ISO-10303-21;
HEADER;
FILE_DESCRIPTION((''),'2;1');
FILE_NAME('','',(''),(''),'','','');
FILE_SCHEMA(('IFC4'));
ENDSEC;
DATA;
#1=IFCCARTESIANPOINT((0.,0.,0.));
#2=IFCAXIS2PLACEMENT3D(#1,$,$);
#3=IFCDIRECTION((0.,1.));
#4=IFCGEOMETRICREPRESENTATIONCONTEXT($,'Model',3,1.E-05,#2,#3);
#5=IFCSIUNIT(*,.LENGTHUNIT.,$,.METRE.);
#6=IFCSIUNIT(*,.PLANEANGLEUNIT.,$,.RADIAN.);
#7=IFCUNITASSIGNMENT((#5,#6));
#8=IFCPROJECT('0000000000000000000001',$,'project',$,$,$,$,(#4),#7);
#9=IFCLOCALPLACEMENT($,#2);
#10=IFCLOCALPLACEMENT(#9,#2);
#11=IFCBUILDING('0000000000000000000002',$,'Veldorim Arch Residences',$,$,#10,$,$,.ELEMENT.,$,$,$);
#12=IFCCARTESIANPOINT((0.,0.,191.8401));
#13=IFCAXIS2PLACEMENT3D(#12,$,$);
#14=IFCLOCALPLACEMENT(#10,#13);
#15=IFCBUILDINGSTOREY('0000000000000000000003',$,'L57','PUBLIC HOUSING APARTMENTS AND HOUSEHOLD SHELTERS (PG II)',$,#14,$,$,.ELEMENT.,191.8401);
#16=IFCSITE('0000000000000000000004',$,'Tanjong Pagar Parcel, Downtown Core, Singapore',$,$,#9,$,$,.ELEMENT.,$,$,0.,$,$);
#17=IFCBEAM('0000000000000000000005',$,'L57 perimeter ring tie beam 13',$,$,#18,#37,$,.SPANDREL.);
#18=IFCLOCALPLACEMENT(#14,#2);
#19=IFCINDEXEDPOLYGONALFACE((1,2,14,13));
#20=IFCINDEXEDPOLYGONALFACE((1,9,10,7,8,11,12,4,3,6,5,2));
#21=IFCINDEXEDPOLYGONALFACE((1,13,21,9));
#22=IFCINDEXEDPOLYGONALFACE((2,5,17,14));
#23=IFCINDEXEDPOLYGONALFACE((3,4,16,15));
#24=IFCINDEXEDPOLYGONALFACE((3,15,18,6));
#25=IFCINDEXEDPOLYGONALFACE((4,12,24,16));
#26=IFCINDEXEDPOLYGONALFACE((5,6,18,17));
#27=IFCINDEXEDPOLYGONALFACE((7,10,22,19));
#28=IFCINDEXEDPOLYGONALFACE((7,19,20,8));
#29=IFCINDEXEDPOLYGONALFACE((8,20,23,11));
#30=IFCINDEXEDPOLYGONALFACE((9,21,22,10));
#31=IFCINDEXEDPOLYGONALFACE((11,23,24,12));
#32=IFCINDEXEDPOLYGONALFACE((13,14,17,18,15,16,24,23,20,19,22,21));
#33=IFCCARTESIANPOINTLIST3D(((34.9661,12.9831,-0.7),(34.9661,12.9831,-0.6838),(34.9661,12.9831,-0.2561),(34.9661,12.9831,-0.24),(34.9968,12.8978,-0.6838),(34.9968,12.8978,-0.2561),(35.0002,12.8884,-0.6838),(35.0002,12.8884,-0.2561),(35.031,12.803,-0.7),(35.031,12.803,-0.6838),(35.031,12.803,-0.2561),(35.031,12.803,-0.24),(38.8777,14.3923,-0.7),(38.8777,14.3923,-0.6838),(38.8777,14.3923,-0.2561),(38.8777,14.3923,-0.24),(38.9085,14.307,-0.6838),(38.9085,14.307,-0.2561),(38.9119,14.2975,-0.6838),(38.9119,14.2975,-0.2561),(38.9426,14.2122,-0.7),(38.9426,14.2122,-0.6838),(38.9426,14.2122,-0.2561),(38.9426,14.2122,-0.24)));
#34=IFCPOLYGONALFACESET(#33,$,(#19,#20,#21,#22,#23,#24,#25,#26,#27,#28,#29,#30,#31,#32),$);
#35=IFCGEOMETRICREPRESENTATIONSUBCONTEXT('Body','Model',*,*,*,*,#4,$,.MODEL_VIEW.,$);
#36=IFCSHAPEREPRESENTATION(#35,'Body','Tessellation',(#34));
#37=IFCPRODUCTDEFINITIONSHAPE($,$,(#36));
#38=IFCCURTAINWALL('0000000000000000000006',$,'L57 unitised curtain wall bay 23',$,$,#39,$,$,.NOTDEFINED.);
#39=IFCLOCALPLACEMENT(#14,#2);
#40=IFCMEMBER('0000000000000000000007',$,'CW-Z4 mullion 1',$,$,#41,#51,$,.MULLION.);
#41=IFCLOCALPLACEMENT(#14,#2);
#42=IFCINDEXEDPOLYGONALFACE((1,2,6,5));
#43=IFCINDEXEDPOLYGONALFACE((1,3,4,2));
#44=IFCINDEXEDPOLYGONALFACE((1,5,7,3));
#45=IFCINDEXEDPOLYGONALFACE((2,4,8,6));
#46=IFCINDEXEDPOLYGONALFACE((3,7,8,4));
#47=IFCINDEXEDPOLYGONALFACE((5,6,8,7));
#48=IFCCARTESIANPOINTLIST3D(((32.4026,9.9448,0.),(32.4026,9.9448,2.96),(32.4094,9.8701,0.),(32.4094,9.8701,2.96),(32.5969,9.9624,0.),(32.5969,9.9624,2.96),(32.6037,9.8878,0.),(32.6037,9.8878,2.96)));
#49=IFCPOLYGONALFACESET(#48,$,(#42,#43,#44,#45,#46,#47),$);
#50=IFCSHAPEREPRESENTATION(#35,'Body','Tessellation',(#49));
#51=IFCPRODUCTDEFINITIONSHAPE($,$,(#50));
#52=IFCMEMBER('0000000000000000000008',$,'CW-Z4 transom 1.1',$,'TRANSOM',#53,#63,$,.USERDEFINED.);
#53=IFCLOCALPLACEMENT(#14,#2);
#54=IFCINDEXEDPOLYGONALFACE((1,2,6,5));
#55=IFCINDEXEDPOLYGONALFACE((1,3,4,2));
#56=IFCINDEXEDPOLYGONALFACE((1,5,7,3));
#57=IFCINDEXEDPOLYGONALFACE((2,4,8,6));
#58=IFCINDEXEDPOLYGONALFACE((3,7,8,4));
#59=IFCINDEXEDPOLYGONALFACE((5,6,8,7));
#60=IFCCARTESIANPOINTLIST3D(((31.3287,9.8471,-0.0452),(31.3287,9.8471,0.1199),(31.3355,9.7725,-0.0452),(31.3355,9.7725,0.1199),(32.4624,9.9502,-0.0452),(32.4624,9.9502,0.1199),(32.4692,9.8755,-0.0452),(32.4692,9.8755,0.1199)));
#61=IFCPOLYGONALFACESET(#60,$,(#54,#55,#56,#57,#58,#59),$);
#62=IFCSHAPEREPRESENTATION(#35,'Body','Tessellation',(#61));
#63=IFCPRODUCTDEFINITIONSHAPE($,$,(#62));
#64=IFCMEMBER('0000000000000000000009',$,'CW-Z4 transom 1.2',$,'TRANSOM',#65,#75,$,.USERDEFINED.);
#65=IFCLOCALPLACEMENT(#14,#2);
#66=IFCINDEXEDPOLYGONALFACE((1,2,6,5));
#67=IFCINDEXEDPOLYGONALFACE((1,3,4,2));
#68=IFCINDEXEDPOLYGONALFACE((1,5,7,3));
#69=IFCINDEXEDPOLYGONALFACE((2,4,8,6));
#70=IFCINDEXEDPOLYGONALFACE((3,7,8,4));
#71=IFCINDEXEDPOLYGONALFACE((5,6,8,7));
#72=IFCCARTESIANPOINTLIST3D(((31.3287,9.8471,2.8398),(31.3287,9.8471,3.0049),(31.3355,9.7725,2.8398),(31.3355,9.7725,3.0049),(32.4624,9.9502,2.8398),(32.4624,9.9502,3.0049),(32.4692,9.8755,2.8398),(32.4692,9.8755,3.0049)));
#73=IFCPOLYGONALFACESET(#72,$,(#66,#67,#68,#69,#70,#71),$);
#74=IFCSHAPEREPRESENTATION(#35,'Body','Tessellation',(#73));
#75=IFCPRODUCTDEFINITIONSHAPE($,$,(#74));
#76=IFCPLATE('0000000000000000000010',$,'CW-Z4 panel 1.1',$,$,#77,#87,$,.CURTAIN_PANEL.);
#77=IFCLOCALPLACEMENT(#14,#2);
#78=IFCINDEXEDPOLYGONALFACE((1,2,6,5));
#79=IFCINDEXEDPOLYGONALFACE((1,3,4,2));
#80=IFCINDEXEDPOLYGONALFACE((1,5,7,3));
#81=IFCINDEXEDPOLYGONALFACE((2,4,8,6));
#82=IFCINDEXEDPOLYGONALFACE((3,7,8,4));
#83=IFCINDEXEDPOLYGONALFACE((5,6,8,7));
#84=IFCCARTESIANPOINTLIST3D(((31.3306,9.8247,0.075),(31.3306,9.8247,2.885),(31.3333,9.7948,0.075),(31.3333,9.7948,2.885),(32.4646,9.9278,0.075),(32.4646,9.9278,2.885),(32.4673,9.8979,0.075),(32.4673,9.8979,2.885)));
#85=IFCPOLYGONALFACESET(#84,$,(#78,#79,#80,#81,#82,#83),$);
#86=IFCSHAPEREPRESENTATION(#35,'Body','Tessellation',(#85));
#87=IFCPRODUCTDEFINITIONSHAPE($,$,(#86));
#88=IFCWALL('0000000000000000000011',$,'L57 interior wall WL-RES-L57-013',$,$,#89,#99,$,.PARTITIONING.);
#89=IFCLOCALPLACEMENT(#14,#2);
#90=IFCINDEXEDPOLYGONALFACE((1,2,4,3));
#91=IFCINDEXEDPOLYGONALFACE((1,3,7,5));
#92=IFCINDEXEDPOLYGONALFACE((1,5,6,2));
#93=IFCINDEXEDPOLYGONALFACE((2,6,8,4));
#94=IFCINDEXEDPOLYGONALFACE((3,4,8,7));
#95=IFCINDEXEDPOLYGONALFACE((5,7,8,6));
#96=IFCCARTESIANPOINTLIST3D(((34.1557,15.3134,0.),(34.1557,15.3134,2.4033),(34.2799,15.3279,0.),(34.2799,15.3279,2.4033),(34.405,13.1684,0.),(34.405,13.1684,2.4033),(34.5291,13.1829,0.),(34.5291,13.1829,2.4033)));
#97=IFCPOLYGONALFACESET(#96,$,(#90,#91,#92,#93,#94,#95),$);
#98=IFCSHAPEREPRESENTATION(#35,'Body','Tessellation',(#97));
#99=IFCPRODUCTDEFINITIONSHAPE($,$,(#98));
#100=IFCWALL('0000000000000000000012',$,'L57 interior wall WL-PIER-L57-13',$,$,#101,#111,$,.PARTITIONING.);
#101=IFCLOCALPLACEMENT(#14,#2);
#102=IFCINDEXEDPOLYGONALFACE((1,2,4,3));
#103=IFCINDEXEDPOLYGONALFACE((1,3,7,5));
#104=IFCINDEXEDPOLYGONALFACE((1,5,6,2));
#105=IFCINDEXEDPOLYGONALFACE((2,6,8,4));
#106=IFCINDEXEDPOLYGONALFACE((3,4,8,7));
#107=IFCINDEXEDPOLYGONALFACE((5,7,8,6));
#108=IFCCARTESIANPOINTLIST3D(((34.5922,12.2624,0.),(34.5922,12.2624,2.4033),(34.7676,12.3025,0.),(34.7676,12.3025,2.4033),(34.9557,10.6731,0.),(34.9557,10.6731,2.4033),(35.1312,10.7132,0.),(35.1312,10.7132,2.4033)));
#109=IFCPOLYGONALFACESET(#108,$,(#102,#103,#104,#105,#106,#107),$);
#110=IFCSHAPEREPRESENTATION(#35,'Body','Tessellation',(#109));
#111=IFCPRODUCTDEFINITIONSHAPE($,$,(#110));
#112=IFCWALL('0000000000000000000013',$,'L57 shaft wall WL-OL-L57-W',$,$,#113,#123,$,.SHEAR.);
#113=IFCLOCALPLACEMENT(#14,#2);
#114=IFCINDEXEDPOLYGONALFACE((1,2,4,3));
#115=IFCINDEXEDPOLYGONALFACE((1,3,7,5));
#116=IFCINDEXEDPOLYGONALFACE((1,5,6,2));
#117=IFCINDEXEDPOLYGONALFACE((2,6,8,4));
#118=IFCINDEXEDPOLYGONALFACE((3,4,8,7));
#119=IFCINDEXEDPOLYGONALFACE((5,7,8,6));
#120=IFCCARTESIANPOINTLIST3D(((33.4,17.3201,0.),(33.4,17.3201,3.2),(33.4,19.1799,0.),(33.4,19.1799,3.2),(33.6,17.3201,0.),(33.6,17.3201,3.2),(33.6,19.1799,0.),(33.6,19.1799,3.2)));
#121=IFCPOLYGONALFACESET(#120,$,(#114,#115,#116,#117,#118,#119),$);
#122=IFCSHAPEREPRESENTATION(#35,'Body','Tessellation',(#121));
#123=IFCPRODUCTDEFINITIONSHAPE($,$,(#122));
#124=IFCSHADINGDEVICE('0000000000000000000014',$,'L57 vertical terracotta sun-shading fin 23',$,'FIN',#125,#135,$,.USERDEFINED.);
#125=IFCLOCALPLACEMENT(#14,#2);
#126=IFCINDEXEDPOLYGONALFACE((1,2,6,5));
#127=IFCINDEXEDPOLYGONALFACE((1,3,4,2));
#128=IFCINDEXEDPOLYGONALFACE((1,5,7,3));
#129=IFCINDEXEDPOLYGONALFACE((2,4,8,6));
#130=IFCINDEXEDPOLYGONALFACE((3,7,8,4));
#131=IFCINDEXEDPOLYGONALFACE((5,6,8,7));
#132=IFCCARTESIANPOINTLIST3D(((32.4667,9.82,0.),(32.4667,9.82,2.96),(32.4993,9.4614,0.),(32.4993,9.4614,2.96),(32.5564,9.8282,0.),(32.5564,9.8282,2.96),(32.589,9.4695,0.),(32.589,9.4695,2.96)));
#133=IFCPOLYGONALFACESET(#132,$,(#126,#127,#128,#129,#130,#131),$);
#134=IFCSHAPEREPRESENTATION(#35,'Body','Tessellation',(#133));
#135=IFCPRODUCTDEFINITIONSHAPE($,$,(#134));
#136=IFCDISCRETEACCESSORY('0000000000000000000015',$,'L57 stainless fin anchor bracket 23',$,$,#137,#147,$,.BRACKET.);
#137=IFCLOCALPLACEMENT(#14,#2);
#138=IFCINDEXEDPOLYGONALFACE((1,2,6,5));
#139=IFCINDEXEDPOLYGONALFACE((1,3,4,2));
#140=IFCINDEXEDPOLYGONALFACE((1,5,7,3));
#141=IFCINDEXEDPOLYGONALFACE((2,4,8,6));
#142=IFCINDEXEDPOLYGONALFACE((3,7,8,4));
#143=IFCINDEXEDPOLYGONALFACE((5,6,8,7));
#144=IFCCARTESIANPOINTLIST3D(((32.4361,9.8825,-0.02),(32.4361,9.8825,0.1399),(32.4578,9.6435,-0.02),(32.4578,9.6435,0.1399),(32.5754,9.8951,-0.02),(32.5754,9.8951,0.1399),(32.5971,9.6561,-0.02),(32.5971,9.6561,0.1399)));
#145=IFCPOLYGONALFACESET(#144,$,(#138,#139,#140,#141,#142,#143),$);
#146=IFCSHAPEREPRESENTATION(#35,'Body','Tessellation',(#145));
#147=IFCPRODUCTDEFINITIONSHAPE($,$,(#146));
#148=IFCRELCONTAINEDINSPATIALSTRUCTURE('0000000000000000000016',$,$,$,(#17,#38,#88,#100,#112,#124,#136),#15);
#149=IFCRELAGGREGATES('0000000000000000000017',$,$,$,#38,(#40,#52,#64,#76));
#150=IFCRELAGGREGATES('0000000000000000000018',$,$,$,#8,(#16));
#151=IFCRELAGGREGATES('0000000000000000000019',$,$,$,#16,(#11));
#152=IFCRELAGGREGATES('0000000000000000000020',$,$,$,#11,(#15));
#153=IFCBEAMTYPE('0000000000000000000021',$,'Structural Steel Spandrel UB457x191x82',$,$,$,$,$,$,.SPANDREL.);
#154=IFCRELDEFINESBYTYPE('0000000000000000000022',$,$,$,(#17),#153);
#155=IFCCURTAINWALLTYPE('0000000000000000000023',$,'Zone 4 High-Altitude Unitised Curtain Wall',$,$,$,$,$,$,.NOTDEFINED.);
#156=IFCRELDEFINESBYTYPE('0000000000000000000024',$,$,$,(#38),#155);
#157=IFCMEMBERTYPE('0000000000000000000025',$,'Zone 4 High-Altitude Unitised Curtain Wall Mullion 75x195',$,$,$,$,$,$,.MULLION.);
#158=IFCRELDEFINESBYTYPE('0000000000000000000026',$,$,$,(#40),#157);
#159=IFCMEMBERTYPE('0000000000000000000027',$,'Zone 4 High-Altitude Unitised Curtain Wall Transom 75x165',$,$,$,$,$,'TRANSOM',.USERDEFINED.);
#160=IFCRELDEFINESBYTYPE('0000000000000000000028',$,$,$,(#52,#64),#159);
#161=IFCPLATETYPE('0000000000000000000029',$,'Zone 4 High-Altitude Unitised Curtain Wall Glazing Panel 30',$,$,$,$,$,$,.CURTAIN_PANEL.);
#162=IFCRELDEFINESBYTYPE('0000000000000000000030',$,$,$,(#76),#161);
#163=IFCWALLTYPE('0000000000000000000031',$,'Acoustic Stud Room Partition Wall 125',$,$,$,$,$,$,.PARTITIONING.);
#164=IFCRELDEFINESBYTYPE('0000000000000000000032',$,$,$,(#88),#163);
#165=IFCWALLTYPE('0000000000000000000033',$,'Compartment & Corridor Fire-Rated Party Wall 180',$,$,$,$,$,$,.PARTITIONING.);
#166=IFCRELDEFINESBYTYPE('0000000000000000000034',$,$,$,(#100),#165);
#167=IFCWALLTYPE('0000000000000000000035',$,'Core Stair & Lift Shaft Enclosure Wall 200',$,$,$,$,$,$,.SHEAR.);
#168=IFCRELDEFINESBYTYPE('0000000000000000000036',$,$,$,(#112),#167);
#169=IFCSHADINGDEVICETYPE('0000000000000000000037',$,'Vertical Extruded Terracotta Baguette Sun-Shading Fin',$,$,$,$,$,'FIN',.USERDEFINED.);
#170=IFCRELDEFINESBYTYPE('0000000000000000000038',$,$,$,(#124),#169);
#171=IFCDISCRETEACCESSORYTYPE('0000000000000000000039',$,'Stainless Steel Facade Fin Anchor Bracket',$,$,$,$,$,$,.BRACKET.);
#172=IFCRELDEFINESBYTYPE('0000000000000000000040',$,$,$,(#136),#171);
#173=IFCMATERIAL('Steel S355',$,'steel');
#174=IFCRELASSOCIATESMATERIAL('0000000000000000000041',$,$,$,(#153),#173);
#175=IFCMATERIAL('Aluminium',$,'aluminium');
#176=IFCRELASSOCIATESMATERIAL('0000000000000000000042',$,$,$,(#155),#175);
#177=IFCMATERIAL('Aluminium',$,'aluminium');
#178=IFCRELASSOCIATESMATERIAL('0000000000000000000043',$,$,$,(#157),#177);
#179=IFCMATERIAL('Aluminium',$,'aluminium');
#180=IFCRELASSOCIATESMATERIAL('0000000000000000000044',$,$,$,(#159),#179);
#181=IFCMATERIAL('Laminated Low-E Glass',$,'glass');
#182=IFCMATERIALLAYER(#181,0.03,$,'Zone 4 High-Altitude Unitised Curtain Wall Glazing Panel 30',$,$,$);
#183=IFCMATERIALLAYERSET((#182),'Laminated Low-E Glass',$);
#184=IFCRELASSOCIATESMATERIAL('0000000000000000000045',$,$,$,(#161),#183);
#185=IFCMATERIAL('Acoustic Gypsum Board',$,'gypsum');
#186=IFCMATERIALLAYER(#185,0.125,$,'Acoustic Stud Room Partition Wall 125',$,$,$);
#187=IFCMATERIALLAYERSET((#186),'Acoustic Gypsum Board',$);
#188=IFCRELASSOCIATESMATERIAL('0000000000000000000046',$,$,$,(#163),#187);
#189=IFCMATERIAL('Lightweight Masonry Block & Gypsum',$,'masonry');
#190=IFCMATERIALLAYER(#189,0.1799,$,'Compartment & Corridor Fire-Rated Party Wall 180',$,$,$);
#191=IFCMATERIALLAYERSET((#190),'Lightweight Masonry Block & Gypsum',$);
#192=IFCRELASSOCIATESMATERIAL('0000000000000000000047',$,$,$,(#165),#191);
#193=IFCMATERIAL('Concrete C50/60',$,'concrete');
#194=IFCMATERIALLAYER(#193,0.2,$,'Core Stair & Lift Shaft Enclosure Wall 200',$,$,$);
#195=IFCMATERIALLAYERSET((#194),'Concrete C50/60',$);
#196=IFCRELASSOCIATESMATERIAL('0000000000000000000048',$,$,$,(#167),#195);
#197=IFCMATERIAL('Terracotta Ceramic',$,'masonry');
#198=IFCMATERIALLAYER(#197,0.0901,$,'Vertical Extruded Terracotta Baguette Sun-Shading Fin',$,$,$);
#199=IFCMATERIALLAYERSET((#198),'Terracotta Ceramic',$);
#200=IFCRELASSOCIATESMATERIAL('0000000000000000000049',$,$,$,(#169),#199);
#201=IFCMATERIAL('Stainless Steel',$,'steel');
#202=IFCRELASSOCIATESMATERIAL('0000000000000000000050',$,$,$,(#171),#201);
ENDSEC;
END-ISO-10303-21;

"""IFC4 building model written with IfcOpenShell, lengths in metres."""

from ifc_helpers import new_model, si_unit, direction, frame, frame_2d, origin, origin_2d, place, context, subcontext, project, spatial, rectangle, i_section, extrude, material, layer, layer_set, material_profile, profile_set, type_object, element, aggregate, save


model = new_model("IFC4")

# Units and contexts
model_context = context("Model", 3, precision=1e-05, world=origin(), true_north=direction((0.0, 1.0)))
body_context = subcontext(model_context, "Body", "Model", "MODEL_VIEW")
ifc_project = project(units=[si_unit("LENGTHUNIT", "METRE"), si_unit("PLANEANGLEUNIT", "RADIAN")], contexts=[model_context])

# Site, building, storey
site_placement = place(None, origin())
site = spatial("IfcSite", under=ifc_project, at=site_placement, Name="Tanjong Pagar Parcel, Downtown Core, Singapore", CompositionType="ELEMENT", RefElevation=0.0)
building_placement = place(site_placement, origin())
building = spatial("IfcBuilding", under=site, at=building_placement, Name="Veldorim Arch Residences", CompositionType="ELEMENT")
storey_placement = place(building_placement, frame((0.0, 0.0, 191.8401)))
storey = spatial("IfcBuildingStorey", under=building, at=storey_placement, Name="L57", Description="PUBLIC HOUSING APARTMENTS AND HOUSEHOLD SHELTERS (PG II)", CompositionType="ELEMENT", Elevation=191.8401)

# Beam
ifc_material_1 = material(Name="Steel S355", Category="steel")
ifc_material_profile_1 = material_profile(ifc_material_1, i_section(OverallWidth=0.1914, OverallDepth=0.46, WebThickness=0.01, FlangeThickness=0.0161, at=origin_2d()), Name="UB457x191x82")
ifc_profile_set_1 = profile_set([ifc_material_profile_1], Name="Steel S355")
beam_type_1 = type_object("IfcBeamType", Name="Structural Steel Spandrel UB457x191x82", PredefinedType="SPANDREL", material=ifc_profile_set_1)
beam_1_placement = place(storey_placement, frame((34.9985, 12.8931, -0.47), z_axis=(0.940811, 0.338932, 0.0), x_axis=(-0.338932, 0.940811, 0.0)))
element("IfcBeam", 1, at=beam_1_placement, inside=storey, type_object=beam_type_1, Name="L57 perimeter ring tie beam 13", PredefinedType="SPANDREL", context=body_context, shape_type="SweptSolid", body=[
    extrude(i_section(OverallWidth=0.1914, OverallDepth=0.46, WebThickness=0.01, FlangeThickness=0.0161, at=origin_2d()), origin(), (0.0, 0.0, 1.0), 4.1577),
])

# Curtain wall, members, plate
ifc_material_2 = material(Name="Aluminium", Category="aluminium")
curtain_wall_type = type_object("IfcCurtainWallType", Name="Zone 4 High-Altitude Unitised Curtain Wall", PredefinedType="NOTDEFINED", material=ifc_material_2)
curtain_wall_placement = place(storey_placement, origin())
curtain_wall = element("IfcCurtainWall", 2, at=curtain_wall_placement, inside=storey, type_object=curtain_wall_type, Name="L57 unitised curtain wall bay 23", PredefinedType="NOTDEFINED")
ifc_material_3 = material(Name="Aluminium", Category="aluminium")
ifc_material_profile_2 = material_profile(ifc_material_3, rectangle(XDim=0.075, YDim=0.1951, at=origin_2d()), Name="ALU_MUL_75x195")
ifc_profile_set_2 = profile_set([ifc_material_profile_2], Name="Aluminium")
member_type_1 = type_object("IfcMemberType", Name="Zone 4 High-Altitude Unitised Curtain Wall Mullion 75x195", PredefinedType="MULLION", material=ifc_profile_set_2)
member_1_placement = place(storey_placement, frame((32.5032, 9.9163, 0.0), z_axis=(0.0, 0.0, 1.0), x_axis=(0.090521, -0.995895, 0.0)))
member_1 = element("IfcMember", 3, at=member_1_placement, type_object=member_type_1, Name="CW-Z4 mullion 1", PredefinedType="MULLION", context=body_context, shape_type="SweptSolid", body=[
    extrude(rectangle(XDim=0.075, YDim=0.1951, at=origin_2d()), origin(), (0.0, 0.0, 1.0), 2.96),
])
ifc_material_4 = material(Name="Aluminium", Category="aluminium")
ifc_material_profile_3 = material_profile(ifc_material_4, rectangle(XDim=0.075, YDim=0.165, at=origin_2d()), Name="ALU_TRN_75x165")
ifc_profile_set_3 = profile_set([ifc_material_profile_3], Name="Aluminium")
member_type_2 = type_object("IfcMemberType", Name="Zone 4 High-Altitude Unitised Curtain Wall Transom 75x165", ElementType="TRANSOM", PredefinedType="USERDEFINED", material=ifc_profile_set_3)
member_2_placement = place(storey_placement, frame((32.4658, 9.9128, 0.0374), z_axis=(-0.995897, -0.090497, 0.0), x_axis=(0.090497, -0.995897, 0.0)))
member_2 = element("IfcMember", 4, at=member_2_placement, type_object=member_type_2, Name="CW-Z4 transom 1.1", ObjectType="TRANSOM", PredefinedType="USERDEFINED", context=body_context, shape_type="SweptSolid", body=[
    extrude(rectangle(XDim=0.075, YDim=0.165, at=origin_2d()), origin(), (0.0, 0.0, 1.0), 1.1384),
])
member_3_placement = place(storey_placement, frame((32.4658, 9.9128, 2.9224), z_axis=(-0.995897, -0.090497, 0.0), x_axis=(0.090497, -0.995897, 0.0)))
member_3 = element("IfcMember", 5, at=member_3_placement, type_object=member_type_2, Name="CW-Z4 transom 1.2", ObjectType="TRANSOM", PredefinedType="USERDEFINED", context=body_context, shape_type="SweptSolid", body=[
    extrude(rectangle(XDim=0.075, YDim=0.165, at=origin_2d()), origin(), (0.0, 0.0, 1.0), 1.1384),
])
ifc_material_5 = material(Name="Laminated Low-E Glass", Category="glass")
ifc_layer_1 = layer(ifc_material_5, 0.03, Name="Zone 4 High-Altitude Unitised Curtain Wall Glazing Panel 30")
ifc_layer_set_1 = layer_set([ifc_layer_1], Name="Laminated Low-E Glass")
plate_type = type_object("IfcPlateType", Name="Zone 4 High-Altitude Unitised Curtain Wall Glazing Panel 30", PredefinedType="CURTAIN_PANEL", material=ifc_layer_set_1)
plate_placement = place(storey_placement, frame((31.8989, 9.8613, 0.075), z_axis=(0.0, 0.0, 1.0), x_axis=(-0.995895, -0.090521, 0.0)))
plate = element("IfcPlate", 6, at=plate_placement, type_object=plate_type, Name="CW-Z4 panel 1.1", PredefinedType="CURTAIN_PANEL", context=body_context, shape_type="SweptSolid", body=[
    extrude(rectangle(XDim=1.1387, YDim=0.03, at=origin_2d()), origin(), (0.0, 0.0, 1.0), 2.8101),
])
aggregate(curtain_wall, [member_1, member_2, member_3, plate])

# Walls
ifc_material_6 = material(Name="Acoustic Gypsum Board", Category="gypsum")
ifc_layer_2 = layer(ifc_material_6, 0.125, Name="Acoustic Stud Room Partition Wall 125")
ifc_layer_set_2 = layer_set([ifc_layer_2], Name="Acoustic Gypsum Board")
wall_type_1 = type_object("IfcWallType", Name="Acoustic Stud Room Partition Wall 125", PredefinedType="PARTITIONING", material=ifc_layer_set_2)
wall_1_placement = place(storey_placement, frame((34.467, 13.1758, 0.0), z_axis=(0.0, 0.0, 1.0), x_axis=(-0.115431, 0.993316, 0.0)))
element("IfcWall", 7, at=wall_1_placement, inside=storey, type_object=wall_type_1, Name="L57 interior wall WL-RES-L57-013", PredefinedType="PARTITIONING", context=body_context, shape_type="SweptSolid", body=[
    extrude(rectangle(XDim=2.1594, YDim=0.125, at=frame_2d((1.0796, 0.0))), origin(), (0.0, 0.0, 1.0), 2.4033),
])
ifc_material_7 = material(Name="Lightweight Masonry Block & Gypsum", Category="masonry")
ifc_layer_3 = layer(ifc_material_7, 0.1799, Name="Compartment & Corridor Fire-Rated Party Wall 180")
ifc_layer_set_3 = layer_set([ifc_layer_3], Name="Lightweight Masonry Block & Gypsum")
wall_type_2 = type_object("IfcWallType", Name="Compartment & Corridor Fire-Rated Party Wall 180", PredefinedType="PARTITIONING", material=ifc_layer_set_3)
wall_2_placement = place(storey_placement, frame((34.6799, 12.2825, 0.0), z_axis=(0.0, 0.0, 1.0), x_axis=(0.222967, -0.974826, 0.0)))
element("IfcWall", 8, at=wall_2_placement, inside=storey, type_object=wall_type_2, Name="L57 interior wall WL-PIER-L57-13", PredefinedType="PARTITIONING", context=body_context, shape_type="SweptSolid", body=[
    extrude(rectangle(XDim=1.6304, YDim=0.1799, at=frame_2d((0.8152, 0.0))), origin(), (0.0, 0.0, 1.0), 2.4033),
])
ifc_material_8 = material(Name="Concrete C50/60", Category="concrete")
ifc_layer_4 = layer(ifc_material_8, 0.2, Name="Core Stair & Lift Shaft Enclosure Wall 200")
ifc_layer_set_4 = layer_set([ifc_layer_4], Name="Concrete C50/60")
wall_type_3 = type_object("IfcWallType", Name="Core Stair & Lift Shaft Enclosure Wall 200", PredefinedType="SHEAR", material=ifc_layer_set_4)
wall_3_placement = place(storey_placement, frame((33.5, 17.3201, 0.0), z_axis=(0.0, 0.0, 1.0), x_axis=(0.0, 1.0, 0.0)))
element("IfcWall", 9, at=wall_3_placement, inside=storey, type_object=wall_type_3, Name="L57 shaft wall WL-OL-L57-W", PredefinedType="SHEAR", context=body_context, shape_type="SweptSolid", body=[
    extrude(rectangle(XDim=1.8599, YDim=0.2, at=frame_2d((0.9299, 0.0))), origin(), (0.0, 0.0, 1.0), 3.2),
])

# Shading device
ifc_material_9 = material(Name="Terracotta Ceramic", Category="masonry")
ifc_layer_5 = layer(ifc_material_9, 0.0901, Name="Vertical Extruded Terracotta Baguette Sun-Shading Fin")
ifc_layer_set_5 = layer_set([ifc_layer_5], Name="Terracotta Ceramic")
shading_device_type = type_object("IfcShadingDeviceType", Name="Vertical Extruded Terracotta Baguette Sun-Shading Fin", ElementType="FIN", PredefinedType="USERDEFINED", material=ifc_layer_set_5)
shading_device_placement = place(storey_placement, frame((32.5278, 9.6448, 0.0), z_axis=(0.0, 0.0, 1.0), x_axis=(-0.9959, -0.090459, 0.0)))
element("IfcShadingDevice", 10, at=shading_device_placement, inside=storey, type_object=shading_device_type, Name="L57 vertical terracotta sun-shading fin 23", ObjectType="FIN", PredefinedType="USERDEFINED", context=body_context, shape_type="SweptSolid", body=[
    extrude(rectangle(XDim=0.0901, YDim=0.3601, at=origin_2d()), origin(), (0.0, 0.0, 1.0), 2.96),
])

# Discrete accessory
ifc_material_10 = material(Name="Stainless Steel", Category="steel")
discrete_accessory_type = type_object("IfcDiscreteAccessoryType", Name="Stainless Steel Facade Fin Anchor Bracket", PredefinedType="BRACKET", material=ifc_material_10)
discrete_accessory_placement = place(storey_placement, frame((32.5166, 9.7693, -0.02), z_axis=(0.0, 0.0, 1.0), x_axis=(-0.9959, -0.090459, 0.0)))
element("IfcDiscreteAccessory", 11, at=discrete_accessory_placement, inside=storey, type_object=discrete_accessory_type, Name="L57 stainless fin anchor bracket 23", PredefinedType="BRACKET", context=body_context, shape_type="SweptSolid", body=[
    extrude(rectangle(XDim=0.1399, YDim=0.24, at=origin_2d()), origin(), (0.0, 0.0, 1.0), 0.1599),
])

save(model, "model.ifc")
